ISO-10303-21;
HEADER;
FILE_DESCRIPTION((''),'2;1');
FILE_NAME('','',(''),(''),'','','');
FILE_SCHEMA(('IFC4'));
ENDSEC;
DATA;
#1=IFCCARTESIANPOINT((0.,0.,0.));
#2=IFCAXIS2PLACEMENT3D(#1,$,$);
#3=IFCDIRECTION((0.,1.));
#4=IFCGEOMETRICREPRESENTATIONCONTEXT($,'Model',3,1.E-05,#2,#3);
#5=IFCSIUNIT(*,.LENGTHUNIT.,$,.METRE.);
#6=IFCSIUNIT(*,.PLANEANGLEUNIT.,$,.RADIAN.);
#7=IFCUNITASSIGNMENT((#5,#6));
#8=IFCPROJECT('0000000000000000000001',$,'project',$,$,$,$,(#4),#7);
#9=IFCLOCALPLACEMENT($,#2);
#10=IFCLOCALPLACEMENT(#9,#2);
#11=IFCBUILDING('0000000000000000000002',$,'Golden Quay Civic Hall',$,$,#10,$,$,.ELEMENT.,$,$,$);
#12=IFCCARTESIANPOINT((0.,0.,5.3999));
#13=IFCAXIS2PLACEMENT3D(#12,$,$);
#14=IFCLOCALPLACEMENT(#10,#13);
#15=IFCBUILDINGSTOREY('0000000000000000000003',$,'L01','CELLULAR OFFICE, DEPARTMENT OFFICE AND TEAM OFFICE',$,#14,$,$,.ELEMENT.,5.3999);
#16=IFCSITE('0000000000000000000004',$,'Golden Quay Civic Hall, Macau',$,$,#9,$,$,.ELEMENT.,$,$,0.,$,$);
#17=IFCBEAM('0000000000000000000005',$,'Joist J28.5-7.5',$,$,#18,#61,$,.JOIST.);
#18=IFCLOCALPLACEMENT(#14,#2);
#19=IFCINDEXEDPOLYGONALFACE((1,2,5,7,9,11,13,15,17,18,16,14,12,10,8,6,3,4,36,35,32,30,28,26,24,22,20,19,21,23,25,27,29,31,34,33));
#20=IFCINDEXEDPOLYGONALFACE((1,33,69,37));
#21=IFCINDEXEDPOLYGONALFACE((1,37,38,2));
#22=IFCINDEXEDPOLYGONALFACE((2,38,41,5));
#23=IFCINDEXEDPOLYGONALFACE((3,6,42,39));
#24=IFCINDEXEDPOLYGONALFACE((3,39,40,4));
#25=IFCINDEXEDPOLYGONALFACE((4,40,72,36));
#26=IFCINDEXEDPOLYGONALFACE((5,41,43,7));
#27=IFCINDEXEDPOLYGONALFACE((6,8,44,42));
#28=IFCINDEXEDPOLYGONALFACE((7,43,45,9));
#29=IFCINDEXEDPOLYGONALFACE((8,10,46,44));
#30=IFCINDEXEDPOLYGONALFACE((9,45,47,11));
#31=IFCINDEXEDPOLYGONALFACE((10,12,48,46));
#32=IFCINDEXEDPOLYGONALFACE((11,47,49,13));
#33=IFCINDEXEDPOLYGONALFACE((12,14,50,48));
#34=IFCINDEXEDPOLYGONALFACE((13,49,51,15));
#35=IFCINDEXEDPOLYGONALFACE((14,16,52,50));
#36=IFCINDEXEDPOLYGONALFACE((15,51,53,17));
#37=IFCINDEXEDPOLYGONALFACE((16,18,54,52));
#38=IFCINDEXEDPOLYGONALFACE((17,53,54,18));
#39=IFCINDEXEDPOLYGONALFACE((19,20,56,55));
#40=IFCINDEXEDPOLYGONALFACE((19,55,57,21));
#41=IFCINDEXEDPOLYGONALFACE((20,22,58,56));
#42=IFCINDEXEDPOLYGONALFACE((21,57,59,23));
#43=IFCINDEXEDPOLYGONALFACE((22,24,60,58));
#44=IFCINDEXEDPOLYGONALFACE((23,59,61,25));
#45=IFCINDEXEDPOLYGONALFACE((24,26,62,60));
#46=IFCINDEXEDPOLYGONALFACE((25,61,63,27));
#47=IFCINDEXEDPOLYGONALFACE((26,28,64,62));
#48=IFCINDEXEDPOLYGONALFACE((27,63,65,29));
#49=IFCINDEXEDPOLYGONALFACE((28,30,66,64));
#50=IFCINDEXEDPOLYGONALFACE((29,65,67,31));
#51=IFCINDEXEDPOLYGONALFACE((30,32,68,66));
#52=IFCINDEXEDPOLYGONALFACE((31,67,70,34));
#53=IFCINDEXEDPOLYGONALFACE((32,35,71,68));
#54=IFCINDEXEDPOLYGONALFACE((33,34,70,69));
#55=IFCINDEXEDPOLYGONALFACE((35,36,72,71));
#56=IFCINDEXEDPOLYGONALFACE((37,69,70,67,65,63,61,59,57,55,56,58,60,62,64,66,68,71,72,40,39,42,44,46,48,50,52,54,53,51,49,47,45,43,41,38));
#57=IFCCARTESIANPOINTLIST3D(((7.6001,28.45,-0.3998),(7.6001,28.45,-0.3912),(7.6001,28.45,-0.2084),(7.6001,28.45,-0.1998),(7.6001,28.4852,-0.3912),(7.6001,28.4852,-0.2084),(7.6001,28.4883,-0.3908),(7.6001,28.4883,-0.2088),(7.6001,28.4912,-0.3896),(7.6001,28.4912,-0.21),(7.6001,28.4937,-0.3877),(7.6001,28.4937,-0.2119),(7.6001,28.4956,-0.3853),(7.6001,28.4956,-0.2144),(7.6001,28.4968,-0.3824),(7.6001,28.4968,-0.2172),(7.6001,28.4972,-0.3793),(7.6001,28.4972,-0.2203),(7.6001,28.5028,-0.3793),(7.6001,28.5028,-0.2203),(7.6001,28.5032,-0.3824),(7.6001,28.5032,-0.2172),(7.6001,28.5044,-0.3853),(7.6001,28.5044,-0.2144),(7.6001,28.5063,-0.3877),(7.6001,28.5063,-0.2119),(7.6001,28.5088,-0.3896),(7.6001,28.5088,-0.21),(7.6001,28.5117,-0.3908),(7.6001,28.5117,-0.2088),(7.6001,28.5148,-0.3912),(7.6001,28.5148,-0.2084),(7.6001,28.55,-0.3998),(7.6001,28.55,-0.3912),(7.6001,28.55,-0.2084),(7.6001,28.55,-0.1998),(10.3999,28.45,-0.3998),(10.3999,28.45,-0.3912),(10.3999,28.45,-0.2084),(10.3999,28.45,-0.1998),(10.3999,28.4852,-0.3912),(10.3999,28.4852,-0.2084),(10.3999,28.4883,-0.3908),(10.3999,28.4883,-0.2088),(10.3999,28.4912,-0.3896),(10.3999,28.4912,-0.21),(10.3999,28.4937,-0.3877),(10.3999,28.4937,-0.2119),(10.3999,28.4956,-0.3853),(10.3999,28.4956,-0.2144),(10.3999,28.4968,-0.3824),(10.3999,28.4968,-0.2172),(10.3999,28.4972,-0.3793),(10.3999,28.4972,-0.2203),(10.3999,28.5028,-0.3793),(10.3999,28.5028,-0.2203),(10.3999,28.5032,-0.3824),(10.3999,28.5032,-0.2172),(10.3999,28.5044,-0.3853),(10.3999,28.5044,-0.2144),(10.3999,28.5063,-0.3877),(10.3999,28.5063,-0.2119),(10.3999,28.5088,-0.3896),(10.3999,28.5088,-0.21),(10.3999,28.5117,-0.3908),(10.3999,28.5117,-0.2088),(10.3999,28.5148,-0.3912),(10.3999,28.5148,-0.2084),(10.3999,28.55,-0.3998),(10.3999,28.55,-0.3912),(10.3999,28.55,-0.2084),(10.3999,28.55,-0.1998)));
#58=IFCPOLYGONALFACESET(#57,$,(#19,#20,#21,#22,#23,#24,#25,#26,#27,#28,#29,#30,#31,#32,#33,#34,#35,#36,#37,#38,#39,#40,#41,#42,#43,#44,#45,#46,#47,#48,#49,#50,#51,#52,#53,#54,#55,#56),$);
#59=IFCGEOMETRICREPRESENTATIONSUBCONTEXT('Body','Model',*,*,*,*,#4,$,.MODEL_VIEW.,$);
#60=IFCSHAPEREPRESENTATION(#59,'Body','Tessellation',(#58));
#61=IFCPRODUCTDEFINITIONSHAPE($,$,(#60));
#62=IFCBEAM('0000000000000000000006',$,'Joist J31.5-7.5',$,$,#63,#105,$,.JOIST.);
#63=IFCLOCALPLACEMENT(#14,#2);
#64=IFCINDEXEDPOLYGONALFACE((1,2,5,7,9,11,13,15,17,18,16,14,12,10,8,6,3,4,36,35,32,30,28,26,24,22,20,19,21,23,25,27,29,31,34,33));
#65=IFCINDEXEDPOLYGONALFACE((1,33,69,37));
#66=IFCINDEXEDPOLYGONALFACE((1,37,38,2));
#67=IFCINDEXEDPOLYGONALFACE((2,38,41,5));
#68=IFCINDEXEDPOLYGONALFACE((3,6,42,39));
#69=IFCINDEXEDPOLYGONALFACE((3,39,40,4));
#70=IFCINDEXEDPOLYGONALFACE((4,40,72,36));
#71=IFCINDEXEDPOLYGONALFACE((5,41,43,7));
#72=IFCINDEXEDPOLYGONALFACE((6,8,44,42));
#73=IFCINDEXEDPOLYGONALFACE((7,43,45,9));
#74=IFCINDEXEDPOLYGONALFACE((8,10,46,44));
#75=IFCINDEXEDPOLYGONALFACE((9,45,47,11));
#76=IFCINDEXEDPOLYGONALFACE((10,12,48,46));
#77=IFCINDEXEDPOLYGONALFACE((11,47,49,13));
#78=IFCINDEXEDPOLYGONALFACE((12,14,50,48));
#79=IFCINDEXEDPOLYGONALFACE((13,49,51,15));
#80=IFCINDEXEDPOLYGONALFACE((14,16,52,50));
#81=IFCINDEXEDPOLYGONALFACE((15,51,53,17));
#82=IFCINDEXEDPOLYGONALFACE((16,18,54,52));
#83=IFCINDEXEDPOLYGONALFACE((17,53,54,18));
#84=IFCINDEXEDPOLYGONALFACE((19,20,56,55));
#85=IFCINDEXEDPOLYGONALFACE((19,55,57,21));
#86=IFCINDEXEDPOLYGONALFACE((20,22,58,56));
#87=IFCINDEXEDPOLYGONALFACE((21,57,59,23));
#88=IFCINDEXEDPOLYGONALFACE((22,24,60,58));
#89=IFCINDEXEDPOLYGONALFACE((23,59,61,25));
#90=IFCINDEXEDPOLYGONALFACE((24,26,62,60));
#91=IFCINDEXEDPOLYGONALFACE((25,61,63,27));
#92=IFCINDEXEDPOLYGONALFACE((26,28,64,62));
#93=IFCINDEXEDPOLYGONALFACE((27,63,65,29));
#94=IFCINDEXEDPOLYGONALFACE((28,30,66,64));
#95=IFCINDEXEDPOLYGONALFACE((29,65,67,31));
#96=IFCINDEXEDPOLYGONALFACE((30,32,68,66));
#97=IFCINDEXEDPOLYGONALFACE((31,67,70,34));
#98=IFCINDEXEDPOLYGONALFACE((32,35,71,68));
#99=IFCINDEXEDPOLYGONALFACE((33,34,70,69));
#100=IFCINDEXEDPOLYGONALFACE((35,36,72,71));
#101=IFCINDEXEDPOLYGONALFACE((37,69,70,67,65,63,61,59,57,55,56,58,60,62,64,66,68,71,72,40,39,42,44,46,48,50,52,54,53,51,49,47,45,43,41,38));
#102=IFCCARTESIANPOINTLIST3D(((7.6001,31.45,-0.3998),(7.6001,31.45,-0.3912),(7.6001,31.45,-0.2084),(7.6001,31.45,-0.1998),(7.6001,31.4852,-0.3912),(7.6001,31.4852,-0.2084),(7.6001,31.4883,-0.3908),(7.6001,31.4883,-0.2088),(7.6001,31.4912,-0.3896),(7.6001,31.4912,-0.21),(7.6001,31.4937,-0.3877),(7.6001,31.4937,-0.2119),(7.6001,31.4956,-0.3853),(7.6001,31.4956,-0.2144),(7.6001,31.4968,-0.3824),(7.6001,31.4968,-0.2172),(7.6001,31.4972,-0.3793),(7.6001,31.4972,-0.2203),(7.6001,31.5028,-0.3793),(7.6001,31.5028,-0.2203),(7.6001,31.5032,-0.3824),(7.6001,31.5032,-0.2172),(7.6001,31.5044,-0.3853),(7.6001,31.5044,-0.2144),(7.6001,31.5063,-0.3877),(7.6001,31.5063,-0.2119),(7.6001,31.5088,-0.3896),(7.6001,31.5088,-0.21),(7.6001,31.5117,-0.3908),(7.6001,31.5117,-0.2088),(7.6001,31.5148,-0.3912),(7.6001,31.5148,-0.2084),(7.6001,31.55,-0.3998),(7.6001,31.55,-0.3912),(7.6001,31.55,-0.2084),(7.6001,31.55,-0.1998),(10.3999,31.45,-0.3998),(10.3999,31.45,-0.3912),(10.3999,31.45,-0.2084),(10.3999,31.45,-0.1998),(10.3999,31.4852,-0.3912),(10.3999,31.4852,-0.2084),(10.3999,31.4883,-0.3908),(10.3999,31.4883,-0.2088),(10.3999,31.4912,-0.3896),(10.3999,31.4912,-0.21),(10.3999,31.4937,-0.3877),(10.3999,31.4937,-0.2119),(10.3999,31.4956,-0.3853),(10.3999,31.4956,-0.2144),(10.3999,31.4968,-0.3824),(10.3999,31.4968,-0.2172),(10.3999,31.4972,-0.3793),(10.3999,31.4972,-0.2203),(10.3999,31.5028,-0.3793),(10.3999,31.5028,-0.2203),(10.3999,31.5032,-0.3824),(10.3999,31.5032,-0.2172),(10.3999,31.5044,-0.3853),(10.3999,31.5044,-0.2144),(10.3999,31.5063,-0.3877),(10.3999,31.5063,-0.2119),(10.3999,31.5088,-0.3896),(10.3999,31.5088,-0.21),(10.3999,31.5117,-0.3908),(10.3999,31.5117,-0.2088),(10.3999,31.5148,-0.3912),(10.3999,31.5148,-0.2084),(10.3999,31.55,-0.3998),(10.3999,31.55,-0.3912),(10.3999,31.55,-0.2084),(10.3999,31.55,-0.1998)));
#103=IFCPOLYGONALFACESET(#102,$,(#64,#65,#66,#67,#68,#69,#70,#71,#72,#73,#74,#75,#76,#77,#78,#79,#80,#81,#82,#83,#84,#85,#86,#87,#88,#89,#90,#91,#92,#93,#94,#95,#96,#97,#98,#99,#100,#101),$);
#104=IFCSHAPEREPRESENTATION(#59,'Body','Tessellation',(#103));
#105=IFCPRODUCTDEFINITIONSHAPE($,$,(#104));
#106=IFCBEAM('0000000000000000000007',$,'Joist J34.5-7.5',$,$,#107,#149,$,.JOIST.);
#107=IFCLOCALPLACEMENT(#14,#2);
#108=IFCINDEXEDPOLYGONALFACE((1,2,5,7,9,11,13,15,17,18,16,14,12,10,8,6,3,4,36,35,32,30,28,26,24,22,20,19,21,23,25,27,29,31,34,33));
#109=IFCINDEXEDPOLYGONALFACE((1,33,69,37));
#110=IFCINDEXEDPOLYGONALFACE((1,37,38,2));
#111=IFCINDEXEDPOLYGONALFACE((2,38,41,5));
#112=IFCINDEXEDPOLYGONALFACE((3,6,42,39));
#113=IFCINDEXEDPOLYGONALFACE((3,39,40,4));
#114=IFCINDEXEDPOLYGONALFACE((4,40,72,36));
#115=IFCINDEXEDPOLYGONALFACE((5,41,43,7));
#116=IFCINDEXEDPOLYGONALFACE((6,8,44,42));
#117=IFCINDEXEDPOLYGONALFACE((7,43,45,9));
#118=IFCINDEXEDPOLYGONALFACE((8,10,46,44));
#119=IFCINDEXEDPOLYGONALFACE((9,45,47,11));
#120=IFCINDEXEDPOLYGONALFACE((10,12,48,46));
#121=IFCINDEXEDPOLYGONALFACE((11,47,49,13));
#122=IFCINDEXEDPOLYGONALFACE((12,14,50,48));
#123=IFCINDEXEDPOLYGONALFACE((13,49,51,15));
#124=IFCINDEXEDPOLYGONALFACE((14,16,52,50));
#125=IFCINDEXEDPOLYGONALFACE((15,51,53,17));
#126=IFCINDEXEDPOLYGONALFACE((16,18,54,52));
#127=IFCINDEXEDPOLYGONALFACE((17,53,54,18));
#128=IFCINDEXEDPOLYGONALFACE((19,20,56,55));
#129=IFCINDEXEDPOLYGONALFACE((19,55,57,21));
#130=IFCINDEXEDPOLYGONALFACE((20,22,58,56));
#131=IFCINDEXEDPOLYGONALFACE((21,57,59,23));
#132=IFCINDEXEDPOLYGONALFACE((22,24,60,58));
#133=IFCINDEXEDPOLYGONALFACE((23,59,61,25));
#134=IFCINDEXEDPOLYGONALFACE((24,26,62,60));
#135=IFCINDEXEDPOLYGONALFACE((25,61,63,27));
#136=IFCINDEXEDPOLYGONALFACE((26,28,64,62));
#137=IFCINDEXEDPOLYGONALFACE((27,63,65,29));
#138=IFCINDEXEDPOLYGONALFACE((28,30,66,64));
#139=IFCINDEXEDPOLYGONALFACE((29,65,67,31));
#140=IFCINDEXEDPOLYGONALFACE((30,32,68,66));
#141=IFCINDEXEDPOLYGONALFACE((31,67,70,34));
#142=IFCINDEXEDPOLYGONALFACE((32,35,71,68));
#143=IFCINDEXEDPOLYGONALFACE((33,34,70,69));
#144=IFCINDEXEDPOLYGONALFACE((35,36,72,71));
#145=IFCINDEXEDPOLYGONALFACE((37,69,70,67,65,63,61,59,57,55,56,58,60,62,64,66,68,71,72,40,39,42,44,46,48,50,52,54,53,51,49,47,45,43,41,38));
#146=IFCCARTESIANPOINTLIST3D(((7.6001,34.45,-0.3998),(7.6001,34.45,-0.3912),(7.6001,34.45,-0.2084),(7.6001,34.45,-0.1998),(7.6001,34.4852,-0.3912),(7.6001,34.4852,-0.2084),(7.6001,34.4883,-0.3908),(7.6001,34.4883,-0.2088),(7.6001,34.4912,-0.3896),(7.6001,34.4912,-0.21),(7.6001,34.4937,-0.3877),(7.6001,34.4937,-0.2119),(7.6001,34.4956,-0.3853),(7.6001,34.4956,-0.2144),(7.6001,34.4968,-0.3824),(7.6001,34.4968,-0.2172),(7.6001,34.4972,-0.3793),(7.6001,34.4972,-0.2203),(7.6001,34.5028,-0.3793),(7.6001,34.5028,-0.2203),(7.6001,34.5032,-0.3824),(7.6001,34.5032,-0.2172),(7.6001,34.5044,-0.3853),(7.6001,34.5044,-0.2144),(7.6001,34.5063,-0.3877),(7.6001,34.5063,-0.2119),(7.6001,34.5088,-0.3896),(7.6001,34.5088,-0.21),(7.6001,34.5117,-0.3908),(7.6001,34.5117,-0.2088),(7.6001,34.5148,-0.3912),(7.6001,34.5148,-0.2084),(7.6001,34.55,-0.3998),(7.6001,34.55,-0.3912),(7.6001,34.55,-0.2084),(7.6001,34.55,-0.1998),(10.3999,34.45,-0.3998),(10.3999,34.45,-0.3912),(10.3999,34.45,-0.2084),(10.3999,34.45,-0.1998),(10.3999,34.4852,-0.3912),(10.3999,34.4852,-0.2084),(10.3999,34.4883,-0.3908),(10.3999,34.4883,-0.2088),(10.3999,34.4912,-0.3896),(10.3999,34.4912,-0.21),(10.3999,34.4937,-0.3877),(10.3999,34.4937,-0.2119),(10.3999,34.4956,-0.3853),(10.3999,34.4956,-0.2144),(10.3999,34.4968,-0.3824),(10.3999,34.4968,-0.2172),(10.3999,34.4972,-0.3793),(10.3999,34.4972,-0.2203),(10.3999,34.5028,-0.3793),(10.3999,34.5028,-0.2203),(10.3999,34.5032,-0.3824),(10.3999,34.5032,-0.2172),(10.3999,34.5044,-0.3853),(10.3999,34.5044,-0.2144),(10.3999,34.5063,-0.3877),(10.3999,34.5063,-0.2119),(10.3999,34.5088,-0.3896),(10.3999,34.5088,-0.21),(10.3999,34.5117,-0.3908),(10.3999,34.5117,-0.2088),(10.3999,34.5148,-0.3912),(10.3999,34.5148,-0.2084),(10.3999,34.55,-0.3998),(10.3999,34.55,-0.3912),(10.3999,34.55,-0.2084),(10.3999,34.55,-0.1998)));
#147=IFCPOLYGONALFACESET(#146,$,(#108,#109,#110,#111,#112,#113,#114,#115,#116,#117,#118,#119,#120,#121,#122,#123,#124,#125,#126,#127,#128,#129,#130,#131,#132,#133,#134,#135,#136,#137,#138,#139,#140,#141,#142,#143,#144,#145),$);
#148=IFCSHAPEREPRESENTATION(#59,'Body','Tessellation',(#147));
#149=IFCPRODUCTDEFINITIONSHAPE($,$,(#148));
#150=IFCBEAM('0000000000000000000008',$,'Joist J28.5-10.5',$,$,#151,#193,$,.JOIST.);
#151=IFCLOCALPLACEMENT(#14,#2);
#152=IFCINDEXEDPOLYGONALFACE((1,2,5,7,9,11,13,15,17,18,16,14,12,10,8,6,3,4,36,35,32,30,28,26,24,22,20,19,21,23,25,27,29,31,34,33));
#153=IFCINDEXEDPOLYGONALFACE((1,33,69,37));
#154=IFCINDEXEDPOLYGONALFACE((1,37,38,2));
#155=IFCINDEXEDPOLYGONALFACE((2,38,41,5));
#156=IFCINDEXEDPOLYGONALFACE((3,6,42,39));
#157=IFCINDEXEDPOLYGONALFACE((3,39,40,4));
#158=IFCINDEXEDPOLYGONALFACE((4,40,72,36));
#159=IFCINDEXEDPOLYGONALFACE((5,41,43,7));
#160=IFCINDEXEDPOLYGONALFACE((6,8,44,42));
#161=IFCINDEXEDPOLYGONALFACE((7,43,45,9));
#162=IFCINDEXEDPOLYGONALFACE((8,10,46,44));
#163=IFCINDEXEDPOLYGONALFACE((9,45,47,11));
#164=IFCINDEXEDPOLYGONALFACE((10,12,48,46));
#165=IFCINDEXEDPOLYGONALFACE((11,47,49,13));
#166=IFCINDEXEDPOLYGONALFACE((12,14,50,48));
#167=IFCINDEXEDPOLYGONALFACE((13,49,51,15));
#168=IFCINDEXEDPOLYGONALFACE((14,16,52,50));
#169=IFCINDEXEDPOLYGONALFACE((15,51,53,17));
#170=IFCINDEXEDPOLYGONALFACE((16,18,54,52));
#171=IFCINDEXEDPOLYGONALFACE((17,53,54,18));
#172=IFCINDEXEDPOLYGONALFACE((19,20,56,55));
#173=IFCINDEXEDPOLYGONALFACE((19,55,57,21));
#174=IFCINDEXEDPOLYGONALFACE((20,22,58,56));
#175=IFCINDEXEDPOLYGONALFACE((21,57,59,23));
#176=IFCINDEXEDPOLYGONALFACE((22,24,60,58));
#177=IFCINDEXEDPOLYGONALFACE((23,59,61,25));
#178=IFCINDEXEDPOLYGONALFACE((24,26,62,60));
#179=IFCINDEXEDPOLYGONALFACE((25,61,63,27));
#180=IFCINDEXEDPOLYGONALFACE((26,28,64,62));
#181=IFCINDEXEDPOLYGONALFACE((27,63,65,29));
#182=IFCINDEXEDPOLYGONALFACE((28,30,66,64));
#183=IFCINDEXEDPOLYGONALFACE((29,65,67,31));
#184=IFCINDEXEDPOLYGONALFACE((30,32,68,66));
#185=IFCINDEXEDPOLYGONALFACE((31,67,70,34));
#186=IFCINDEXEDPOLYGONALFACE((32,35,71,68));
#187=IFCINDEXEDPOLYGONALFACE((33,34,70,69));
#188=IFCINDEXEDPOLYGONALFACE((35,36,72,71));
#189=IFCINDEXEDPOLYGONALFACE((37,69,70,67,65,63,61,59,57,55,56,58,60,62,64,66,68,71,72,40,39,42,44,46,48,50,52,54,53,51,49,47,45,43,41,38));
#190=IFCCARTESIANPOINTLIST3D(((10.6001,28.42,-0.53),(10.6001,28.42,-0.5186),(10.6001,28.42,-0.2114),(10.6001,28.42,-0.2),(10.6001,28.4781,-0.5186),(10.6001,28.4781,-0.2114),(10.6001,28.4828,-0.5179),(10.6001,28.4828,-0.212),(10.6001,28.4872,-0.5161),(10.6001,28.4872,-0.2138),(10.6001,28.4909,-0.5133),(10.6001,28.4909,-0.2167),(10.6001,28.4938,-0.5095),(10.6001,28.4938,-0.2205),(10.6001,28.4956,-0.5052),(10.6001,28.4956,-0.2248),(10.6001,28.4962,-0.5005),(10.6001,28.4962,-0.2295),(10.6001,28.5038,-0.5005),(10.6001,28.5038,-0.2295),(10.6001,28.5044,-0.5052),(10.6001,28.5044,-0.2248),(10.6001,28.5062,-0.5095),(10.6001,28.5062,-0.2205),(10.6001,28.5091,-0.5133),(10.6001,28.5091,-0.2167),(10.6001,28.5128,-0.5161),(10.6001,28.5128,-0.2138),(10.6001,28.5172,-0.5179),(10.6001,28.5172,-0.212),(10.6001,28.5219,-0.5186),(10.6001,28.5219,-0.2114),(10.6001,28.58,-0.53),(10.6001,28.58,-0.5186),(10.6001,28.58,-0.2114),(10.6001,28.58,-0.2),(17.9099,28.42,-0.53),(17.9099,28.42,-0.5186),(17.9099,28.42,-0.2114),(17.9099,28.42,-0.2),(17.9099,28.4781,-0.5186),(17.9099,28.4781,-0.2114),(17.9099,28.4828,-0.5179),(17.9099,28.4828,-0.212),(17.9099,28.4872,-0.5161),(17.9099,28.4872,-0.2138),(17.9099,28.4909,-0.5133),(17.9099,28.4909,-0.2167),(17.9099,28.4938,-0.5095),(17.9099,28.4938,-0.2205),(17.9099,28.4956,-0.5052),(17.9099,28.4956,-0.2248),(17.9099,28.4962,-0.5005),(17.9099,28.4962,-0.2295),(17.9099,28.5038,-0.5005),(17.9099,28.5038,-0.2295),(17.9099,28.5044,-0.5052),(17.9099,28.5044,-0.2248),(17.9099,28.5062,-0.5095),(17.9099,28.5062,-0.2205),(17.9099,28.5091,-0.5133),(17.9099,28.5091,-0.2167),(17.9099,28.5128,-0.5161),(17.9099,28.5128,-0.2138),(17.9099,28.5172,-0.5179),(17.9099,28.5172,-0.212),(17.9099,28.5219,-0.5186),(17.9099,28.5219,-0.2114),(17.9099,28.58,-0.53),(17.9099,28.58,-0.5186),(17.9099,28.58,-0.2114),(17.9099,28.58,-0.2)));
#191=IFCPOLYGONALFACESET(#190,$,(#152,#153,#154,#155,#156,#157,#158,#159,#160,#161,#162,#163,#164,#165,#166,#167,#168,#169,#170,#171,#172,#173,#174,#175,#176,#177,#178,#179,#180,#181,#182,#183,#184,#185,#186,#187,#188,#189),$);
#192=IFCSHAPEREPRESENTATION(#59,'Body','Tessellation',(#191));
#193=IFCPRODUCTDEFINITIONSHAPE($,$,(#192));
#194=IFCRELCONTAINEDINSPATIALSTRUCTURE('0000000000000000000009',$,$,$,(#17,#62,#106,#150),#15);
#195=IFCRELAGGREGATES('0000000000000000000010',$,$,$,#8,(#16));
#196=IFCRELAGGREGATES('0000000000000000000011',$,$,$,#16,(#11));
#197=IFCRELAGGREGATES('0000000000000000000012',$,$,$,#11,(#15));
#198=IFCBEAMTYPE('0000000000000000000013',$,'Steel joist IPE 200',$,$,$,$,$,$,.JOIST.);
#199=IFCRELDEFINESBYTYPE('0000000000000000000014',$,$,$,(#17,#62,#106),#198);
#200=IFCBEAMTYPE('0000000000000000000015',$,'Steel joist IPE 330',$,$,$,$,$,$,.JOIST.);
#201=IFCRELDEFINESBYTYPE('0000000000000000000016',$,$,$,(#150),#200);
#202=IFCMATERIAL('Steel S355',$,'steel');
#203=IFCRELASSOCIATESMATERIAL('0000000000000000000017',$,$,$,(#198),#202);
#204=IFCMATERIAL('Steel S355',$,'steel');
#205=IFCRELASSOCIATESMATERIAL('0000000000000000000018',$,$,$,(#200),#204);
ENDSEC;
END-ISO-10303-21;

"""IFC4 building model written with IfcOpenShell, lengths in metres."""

from ifc_helpers import new_model, si_unit, direction, frame, origin, origin_2d, place, context, subcontext, project, spatial, i_section, extrude, material, material_profile, profile_set, type_object, element, save


model = new_model("IFC4")

# Units and contexts
model_context = context("Model", 3, precision=1e-05, world=origin(), true_north=direction((0.0, 1.0)))
body_context = subcontext(model_context, "Body", "Model", "MODEL_VIEW")
ifc_project = project(units=[si_unit("LENGTHUNIT", "METRE"), si_unit("PLANEANGLEUNIT", "RADIAN")], contexts=[model_context])

# Site, building, storey
site_placement = place(None, origin())
site = spatial("IfcSite", under=ifc_project, at=site_placement, Name="Golden Quay Civic Hall, Macau", CompositionType="ELEMENT", RefElevation=0.0)
building_placement = place(site_placement, origin())
building = spatial("IfcBuilding", under=site, at=building_placement, Name="Golden Quay Civic Hall", CompositionType="ELEMENT")
storey_placement = place(building_placement, frame((0.0, 0.0, 5.3999)))
storey = spatial("IfcBuildingStorey", under=building, at=storey_placement, Name="L01", Description="CELLULAR OFFICE, DEPARTMENT OFFICE AND TEAM OFFICE", CompositionType="ELEMENT", Elevation=5.3999)

# Beams
ifc_material_1 = material(Name="Steel S355", Category="steel")
ifc_material_profile_1 = material_profile(ifc_material_1, i_section(OverallWidth=0.1001, OverallDepth=0.2, WebThickness=0.0056, FlangeThickness=0.0085, FilletRadius=0.012, at=origin_2d()), Name="IPE 200")
ifc_profile_set_1 = profile_set([ifc_material_profile_1], Name="Steel S355")
beam_type_1 = type_object("IfcBeamType", Name="Steel joist IPE 200", PredefinedType="JOIST", material=ifc_profile_set_1)
for number, where, z_axis, x_axis, name in (
    (1, (7.6001, 28.5, -0.2998), (1.0, 0.0, 0.0), (0.0, 1.0, 0.0), "Joist J28.5-7.5"),
    (2, (7.6001, 31.5, -0.2998), (1.0, 0.0, 0.0), (0.0, 1.0, 0.0), "Joist J31.5-7.5"),
    (3, (7.6001, 34.5, -0.2998), (1.0, 0.0, 0.0), (0.0, 1.0, 0.0), "Joist J34.5-7.5"),
):
    element("IfcBeam", number, at=place(storey_placement, frame(where, z_axis=z_axis, x_axis=x_axis)), inside=storey, type_object=beam_type_1, Name=name, PredefinedType="JOIST", context=body_context, shape_type="SweptSolid", body=[
        extrude(i_section(OverallWidth=0.1001, OverallDepth=0.2, WebThickness=0.0056, FlangeThickness=0.0085, FilletRadius=0.012, at=origin_2d()), origin(), (0.0, 0.0, 1.0), 2.7998),
    ])
ifc_material_2 = material(Name="Steel S355", Category="steel")
ifc_material_profile_2 = material_profile(ifc_material_2, i_section(OverallWidth=0.1599, OverallDepth=0.3301, WebThickness=0.0076, FlangeThickness=0.0115, FilletRadius=0.0181, at=origin_2d()), Name="IPE 330")
ifc_profile_set_2 = profile_set([ifc_material_profile_2], Name="Steel S355")
beam_type_2 = type_object("IfcBeamType", Name="Steel joist IPE 330", PredefinedType="JOIST", material=ifc_profile_set_2)
for number, where, z_axis, x_axis, name in (
    (4, (10.6001, 28.5, -0.365), (1.0, 0.0, 0.0), (0.0, 1.0, 0.0), "Joist J28.5-10.5"),
):
    element("IfcBeam", number, at=place(storey_placement, frame(where, z_axis=z_axis, x_axis=x_axis)), inside=storey, type_object=beam_type_2, Name=name, PredefinedType="JOIST", context=body_context, shape_type="SweptSolid", body=[
        extrude(i_section(OverallWidth=0.1599, OverallDepth=0.3301, WebThickness=0.0076, FlangeThickness=0.0115, FilletRadius=0.0181, at=origin_2d()), origin(), (0.0, 0.0, 1.0), 7.3098),
    ])

save(model, "model.ifc")
